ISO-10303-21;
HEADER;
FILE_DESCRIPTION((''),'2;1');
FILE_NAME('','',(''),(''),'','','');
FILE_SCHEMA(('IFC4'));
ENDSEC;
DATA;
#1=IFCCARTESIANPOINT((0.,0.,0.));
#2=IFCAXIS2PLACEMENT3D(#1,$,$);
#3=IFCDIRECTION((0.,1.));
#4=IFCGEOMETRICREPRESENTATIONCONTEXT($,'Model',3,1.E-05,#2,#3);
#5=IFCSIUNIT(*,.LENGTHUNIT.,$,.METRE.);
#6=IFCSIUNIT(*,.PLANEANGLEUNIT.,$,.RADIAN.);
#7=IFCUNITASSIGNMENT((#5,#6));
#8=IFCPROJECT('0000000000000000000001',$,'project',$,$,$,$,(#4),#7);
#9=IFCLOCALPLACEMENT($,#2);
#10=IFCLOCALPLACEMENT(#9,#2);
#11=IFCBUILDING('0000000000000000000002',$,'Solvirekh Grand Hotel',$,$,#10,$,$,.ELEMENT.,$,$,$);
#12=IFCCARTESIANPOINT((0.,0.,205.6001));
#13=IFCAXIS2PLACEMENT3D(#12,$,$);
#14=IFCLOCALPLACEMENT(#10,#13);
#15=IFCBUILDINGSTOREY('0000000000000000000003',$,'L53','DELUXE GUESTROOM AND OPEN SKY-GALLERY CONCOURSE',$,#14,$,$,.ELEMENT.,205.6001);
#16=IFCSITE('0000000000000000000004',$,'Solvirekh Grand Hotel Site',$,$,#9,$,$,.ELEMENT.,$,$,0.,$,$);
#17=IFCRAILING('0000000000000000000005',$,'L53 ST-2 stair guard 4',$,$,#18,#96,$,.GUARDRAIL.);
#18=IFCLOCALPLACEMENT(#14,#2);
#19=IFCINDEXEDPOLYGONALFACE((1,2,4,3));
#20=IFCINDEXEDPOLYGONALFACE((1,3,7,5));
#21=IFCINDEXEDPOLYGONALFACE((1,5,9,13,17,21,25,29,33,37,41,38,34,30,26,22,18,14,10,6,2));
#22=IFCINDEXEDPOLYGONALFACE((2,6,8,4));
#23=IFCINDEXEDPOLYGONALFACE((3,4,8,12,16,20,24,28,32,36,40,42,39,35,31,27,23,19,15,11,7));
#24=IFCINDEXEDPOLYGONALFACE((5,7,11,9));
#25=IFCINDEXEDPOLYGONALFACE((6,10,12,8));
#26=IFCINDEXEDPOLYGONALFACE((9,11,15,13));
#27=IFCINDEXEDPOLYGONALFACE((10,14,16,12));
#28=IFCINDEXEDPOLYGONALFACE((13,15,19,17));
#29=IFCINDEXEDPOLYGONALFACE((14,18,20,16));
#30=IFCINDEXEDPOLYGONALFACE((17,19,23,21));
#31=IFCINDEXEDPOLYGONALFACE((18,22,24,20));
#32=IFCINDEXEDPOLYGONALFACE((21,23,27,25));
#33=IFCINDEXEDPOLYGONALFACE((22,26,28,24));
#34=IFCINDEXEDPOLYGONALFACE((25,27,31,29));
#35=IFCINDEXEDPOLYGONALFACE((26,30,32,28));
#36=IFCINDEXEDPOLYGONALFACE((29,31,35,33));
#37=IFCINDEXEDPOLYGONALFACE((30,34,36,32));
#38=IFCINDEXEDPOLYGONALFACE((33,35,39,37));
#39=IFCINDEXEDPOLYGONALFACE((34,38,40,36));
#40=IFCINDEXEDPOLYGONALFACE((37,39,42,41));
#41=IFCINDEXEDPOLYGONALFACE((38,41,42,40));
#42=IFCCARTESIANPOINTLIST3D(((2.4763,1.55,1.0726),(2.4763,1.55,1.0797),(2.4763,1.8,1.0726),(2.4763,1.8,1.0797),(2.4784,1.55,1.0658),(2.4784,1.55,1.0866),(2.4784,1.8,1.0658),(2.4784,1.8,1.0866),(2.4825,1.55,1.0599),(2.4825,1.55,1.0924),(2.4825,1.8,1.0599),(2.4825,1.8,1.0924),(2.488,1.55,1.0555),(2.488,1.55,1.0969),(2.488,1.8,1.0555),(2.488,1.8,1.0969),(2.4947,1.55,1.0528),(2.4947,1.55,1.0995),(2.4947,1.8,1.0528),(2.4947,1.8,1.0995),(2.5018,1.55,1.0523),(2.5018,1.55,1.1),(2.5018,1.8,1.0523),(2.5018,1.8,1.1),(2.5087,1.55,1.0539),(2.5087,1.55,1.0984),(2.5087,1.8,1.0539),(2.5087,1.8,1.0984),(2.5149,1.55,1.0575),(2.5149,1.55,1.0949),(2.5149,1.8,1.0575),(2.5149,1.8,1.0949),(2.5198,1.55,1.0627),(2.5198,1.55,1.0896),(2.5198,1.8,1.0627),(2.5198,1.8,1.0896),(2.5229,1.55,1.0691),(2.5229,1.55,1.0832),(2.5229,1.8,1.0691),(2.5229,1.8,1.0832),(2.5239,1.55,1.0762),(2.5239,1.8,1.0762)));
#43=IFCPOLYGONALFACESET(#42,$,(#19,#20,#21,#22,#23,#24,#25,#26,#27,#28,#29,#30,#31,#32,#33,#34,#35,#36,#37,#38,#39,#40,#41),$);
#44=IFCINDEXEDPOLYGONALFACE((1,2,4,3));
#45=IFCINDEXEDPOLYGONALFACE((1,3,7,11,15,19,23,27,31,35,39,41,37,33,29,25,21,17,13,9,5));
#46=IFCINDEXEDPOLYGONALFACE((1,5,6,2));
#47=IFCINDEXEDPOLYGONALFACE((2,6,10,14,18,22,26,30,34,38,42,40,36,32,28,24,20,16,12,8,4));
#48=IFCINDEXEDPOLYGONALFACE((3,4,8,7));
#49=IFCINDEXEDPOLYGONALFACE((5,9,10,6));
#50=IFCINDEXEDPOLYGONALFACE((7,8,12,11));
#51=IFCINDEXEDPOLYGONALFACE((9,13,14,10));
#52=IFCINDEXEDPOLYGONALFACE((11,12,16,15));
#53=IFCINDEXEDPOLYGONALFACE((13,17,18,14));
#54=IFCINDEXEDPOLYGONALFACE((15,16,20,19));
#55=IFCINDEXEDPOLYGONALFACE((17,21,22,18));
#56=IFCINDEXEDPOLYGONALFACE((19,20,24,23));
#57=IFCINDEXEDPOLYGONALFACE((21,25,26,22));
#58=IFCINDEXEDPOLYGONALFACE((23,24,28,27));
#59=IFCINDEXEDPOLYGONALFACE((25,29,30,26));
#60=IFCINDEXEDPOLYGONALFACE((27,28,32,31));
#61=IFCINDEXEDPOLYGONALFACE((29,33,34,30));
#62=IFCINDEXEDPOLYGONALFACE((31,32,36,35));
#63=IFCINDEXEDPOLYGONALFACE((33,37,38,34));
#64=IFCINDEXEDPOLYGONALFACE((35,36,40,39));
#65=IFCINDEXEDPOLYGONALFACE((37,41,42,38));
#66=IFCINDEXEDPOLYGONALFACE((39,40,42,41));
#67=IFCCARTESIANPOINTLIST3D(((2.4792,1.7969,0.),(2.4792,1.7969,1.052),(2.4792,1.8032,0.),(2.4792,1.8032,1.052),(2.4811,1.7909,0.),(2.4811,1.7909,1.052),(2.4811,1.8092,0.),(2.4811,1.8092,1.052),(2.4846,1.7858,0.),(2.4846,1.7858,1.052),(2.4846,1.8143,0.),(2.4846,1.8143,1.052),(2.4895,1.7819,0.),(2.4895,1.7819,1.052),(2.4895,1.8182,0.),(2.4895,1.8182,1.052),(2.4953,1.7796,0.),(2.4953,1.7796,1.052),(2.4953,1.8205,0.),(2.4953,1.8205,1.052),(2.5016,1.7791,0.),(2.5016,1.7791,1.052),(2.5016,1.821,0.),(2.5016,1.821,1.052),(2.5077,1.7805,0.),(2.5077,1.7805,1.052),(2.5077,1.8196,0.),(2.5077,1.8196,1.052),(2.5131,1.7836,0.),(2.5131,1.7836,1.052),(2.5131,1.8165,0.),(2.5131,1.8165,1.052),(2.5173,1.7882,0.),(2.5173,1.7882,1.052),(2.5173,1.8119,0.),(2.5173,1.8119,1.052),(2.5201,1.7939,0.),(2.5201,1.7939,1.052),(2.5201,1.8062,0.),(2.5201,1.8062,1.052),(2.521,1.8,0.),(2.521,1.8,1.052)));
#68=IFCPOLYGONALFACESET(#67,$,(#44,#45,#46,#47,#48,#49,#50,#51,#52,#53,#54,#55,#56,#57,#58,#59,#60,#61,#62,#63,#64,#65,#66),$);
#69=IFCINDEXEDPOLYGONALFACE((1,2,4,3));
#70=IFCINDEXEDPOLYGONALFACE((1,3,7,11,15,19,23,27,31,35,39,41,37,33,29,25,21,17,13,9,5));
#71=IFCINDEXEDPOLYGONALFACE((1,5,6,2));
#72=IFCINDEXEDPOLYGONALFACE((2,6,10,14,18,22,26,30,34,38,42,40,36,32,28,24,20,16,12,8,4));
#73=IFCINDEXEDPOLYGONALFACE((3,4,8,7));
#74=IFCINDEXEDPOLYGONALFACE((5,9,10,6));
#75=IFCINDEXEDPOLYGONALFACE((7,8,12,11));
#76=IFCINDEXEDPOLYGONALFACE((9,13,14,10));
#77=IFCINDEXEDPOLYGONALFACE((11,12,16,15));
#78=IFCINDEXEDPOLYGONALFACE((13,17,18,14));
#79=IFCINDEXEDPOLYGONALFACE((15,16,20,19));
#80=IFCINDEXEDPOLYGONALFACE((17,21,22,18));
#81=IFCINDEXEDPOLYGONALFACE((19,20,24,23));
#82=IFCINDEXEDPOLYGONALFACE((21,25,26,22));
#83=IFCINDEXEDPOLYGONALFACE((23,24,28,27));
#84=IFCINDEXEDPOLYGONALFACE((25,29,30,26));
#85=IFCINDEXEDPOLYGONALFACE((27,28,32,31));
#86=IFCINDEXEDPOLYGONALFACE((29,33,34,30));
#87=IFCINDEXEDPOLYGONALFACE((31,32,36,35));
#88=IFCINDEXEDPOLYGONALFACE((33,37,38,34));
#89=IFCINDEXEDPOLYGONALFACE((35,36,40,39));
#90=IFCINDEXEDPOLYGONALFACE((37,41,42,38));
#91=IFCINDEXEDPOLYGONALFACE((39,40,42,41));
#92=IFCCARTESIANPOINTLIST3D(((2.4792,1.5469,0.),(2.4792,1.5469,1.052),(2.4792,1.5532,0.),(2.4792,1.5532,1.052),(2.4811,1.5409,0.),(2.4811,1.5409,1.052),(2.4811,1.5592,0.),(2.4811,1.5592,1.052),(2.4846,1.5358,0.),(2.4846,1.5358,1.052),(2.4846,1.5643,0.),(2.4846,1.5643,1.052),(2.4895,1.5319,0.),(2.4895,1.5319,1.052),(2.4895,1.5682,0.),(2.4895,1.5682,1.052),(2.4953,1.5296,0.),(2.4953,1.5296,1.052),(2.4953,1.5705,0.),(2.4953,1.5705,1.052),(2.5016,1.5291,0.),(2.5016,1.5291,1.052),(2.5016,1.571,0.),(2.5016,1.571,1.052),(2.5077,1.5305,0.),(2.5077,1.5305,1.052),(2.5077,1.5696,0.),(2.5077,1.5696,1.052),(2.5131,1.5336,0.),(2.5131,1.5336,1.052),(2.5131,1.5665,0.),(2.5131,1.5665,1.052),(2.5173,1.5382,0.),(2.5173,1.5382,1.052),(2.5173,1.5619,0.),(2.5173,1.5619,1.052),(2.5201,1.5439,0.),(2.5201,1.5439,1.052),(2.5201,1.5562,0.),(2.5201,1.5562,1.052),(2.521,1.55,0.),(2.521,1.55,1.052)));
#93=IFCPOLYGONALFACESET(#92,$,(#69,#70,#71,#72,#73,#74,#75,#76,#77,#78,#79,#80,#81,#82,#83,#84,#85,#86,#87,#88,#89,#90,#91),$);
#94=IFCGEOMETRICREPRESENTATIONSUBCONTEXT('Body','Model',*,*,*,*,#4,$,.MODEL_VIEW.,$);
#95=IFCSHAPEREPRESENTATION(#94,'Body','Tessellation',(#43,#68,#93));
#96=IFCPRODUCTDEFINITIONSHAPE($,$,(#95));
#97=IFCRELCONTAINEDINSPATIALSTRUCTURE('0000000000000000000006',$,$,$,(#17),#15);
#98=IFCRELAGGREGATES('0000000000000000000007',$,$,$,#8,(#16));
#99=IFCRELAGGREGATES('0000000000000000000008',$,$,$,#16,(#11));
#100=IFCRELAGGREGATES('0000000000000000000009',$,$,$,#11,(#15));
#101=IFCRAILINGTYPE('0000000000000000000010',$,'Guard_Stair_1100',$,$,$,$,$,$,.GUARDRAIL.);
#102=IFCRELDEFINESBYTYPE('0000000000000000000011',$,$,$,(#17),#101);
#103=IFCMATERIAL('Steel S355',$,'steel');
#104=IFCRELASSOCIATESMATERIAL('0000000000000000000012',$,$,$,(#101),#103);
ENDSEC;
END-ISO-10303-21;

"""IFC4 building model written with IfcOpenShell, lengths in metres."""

from ifc_helpers import new_model, si_unit, direction, frame, origin, origin_2d, place, context, subcontext, project, spatial, circle, extrude, material, type_object, element, save


model = new_model("IFC4")

# Units and contexts
model_context = context("Model", 3, precision=1e-05, world=origin(), true_north=direction((0.0, 1.0)))
body_context = subcontext(model_context, "Body", "Model", "MODEL_VIEW")
ifc_project = project(units=[si_unit("LENGTHUNIT", "METRE"), si_unit("PLANEANGLEUNIT", "RADIAN")], contexts=[model_context])

# Site, building, storey
site_placement = place(None, origin())
site = spatial("IfcSite", under=ifc_project, at=site_placement, Name="Solvirekh Grand Hotel Site", CompositionType="ELEMENT", RefElevation=0.0)
building_placement = place(site_placement, origin())
building = spatial("IfcBuilding", under=site, at=building_placement, Name="Solvirekh Grand Hotel", CompositionType="ELEMENT")
storey_placement = place(building_placement, frame((0.0, 0.0, 205.6001)))
storey = spatial("IfcBuildingStorey", under=building, at=storey_placement, Name="L53", Description="DELUXE GUESTROOM AND OPEN SKY-GALLERY CONCOURSE", CompositionType="ELEMENT", Elevation=205.6001)

# Railing
ifc_material_1 = material(Name="Steel S355", Category="steel")
railing_type_1 = type_object("IfcRailingType", Name="Guard_Stair_1100", PredefinedType="GUARDRAIL", material=ifc_material_1)
railing_1_placement = place(storey_placement, frame((2.5, 1.8, 0.0)))
element("IfcRailing", 1, at=railing_1_placement, inside=storey, type_object=railing_type_1, Name="L53 ST-2 stair guard 4", PredefinedType="GUARDRAIL", context=body_context, shape_type="SweptSolid", body=[
    extrude(circle(Radius=0.0239, at=origin_2d()), frame((0.0, 0.0, 1.0762), z_axis=(0.0, -1.0, 0.0), x_axis=(1.0, 0.0, 0.0)), (0.0, 0.0, 1.0), 0.25),
    extrude(circle(Radius=0.021, at=origin_2d()), origin(), (0.0, 0.0, 1.0), 1.052),
    extrude(circle(Radius=0.021, at=origin_2d()), frame((0.0, -0.25, 0.0)), (0.0, 0.0, 1.0), 1.052),
])

save(model, "model.ifc")
